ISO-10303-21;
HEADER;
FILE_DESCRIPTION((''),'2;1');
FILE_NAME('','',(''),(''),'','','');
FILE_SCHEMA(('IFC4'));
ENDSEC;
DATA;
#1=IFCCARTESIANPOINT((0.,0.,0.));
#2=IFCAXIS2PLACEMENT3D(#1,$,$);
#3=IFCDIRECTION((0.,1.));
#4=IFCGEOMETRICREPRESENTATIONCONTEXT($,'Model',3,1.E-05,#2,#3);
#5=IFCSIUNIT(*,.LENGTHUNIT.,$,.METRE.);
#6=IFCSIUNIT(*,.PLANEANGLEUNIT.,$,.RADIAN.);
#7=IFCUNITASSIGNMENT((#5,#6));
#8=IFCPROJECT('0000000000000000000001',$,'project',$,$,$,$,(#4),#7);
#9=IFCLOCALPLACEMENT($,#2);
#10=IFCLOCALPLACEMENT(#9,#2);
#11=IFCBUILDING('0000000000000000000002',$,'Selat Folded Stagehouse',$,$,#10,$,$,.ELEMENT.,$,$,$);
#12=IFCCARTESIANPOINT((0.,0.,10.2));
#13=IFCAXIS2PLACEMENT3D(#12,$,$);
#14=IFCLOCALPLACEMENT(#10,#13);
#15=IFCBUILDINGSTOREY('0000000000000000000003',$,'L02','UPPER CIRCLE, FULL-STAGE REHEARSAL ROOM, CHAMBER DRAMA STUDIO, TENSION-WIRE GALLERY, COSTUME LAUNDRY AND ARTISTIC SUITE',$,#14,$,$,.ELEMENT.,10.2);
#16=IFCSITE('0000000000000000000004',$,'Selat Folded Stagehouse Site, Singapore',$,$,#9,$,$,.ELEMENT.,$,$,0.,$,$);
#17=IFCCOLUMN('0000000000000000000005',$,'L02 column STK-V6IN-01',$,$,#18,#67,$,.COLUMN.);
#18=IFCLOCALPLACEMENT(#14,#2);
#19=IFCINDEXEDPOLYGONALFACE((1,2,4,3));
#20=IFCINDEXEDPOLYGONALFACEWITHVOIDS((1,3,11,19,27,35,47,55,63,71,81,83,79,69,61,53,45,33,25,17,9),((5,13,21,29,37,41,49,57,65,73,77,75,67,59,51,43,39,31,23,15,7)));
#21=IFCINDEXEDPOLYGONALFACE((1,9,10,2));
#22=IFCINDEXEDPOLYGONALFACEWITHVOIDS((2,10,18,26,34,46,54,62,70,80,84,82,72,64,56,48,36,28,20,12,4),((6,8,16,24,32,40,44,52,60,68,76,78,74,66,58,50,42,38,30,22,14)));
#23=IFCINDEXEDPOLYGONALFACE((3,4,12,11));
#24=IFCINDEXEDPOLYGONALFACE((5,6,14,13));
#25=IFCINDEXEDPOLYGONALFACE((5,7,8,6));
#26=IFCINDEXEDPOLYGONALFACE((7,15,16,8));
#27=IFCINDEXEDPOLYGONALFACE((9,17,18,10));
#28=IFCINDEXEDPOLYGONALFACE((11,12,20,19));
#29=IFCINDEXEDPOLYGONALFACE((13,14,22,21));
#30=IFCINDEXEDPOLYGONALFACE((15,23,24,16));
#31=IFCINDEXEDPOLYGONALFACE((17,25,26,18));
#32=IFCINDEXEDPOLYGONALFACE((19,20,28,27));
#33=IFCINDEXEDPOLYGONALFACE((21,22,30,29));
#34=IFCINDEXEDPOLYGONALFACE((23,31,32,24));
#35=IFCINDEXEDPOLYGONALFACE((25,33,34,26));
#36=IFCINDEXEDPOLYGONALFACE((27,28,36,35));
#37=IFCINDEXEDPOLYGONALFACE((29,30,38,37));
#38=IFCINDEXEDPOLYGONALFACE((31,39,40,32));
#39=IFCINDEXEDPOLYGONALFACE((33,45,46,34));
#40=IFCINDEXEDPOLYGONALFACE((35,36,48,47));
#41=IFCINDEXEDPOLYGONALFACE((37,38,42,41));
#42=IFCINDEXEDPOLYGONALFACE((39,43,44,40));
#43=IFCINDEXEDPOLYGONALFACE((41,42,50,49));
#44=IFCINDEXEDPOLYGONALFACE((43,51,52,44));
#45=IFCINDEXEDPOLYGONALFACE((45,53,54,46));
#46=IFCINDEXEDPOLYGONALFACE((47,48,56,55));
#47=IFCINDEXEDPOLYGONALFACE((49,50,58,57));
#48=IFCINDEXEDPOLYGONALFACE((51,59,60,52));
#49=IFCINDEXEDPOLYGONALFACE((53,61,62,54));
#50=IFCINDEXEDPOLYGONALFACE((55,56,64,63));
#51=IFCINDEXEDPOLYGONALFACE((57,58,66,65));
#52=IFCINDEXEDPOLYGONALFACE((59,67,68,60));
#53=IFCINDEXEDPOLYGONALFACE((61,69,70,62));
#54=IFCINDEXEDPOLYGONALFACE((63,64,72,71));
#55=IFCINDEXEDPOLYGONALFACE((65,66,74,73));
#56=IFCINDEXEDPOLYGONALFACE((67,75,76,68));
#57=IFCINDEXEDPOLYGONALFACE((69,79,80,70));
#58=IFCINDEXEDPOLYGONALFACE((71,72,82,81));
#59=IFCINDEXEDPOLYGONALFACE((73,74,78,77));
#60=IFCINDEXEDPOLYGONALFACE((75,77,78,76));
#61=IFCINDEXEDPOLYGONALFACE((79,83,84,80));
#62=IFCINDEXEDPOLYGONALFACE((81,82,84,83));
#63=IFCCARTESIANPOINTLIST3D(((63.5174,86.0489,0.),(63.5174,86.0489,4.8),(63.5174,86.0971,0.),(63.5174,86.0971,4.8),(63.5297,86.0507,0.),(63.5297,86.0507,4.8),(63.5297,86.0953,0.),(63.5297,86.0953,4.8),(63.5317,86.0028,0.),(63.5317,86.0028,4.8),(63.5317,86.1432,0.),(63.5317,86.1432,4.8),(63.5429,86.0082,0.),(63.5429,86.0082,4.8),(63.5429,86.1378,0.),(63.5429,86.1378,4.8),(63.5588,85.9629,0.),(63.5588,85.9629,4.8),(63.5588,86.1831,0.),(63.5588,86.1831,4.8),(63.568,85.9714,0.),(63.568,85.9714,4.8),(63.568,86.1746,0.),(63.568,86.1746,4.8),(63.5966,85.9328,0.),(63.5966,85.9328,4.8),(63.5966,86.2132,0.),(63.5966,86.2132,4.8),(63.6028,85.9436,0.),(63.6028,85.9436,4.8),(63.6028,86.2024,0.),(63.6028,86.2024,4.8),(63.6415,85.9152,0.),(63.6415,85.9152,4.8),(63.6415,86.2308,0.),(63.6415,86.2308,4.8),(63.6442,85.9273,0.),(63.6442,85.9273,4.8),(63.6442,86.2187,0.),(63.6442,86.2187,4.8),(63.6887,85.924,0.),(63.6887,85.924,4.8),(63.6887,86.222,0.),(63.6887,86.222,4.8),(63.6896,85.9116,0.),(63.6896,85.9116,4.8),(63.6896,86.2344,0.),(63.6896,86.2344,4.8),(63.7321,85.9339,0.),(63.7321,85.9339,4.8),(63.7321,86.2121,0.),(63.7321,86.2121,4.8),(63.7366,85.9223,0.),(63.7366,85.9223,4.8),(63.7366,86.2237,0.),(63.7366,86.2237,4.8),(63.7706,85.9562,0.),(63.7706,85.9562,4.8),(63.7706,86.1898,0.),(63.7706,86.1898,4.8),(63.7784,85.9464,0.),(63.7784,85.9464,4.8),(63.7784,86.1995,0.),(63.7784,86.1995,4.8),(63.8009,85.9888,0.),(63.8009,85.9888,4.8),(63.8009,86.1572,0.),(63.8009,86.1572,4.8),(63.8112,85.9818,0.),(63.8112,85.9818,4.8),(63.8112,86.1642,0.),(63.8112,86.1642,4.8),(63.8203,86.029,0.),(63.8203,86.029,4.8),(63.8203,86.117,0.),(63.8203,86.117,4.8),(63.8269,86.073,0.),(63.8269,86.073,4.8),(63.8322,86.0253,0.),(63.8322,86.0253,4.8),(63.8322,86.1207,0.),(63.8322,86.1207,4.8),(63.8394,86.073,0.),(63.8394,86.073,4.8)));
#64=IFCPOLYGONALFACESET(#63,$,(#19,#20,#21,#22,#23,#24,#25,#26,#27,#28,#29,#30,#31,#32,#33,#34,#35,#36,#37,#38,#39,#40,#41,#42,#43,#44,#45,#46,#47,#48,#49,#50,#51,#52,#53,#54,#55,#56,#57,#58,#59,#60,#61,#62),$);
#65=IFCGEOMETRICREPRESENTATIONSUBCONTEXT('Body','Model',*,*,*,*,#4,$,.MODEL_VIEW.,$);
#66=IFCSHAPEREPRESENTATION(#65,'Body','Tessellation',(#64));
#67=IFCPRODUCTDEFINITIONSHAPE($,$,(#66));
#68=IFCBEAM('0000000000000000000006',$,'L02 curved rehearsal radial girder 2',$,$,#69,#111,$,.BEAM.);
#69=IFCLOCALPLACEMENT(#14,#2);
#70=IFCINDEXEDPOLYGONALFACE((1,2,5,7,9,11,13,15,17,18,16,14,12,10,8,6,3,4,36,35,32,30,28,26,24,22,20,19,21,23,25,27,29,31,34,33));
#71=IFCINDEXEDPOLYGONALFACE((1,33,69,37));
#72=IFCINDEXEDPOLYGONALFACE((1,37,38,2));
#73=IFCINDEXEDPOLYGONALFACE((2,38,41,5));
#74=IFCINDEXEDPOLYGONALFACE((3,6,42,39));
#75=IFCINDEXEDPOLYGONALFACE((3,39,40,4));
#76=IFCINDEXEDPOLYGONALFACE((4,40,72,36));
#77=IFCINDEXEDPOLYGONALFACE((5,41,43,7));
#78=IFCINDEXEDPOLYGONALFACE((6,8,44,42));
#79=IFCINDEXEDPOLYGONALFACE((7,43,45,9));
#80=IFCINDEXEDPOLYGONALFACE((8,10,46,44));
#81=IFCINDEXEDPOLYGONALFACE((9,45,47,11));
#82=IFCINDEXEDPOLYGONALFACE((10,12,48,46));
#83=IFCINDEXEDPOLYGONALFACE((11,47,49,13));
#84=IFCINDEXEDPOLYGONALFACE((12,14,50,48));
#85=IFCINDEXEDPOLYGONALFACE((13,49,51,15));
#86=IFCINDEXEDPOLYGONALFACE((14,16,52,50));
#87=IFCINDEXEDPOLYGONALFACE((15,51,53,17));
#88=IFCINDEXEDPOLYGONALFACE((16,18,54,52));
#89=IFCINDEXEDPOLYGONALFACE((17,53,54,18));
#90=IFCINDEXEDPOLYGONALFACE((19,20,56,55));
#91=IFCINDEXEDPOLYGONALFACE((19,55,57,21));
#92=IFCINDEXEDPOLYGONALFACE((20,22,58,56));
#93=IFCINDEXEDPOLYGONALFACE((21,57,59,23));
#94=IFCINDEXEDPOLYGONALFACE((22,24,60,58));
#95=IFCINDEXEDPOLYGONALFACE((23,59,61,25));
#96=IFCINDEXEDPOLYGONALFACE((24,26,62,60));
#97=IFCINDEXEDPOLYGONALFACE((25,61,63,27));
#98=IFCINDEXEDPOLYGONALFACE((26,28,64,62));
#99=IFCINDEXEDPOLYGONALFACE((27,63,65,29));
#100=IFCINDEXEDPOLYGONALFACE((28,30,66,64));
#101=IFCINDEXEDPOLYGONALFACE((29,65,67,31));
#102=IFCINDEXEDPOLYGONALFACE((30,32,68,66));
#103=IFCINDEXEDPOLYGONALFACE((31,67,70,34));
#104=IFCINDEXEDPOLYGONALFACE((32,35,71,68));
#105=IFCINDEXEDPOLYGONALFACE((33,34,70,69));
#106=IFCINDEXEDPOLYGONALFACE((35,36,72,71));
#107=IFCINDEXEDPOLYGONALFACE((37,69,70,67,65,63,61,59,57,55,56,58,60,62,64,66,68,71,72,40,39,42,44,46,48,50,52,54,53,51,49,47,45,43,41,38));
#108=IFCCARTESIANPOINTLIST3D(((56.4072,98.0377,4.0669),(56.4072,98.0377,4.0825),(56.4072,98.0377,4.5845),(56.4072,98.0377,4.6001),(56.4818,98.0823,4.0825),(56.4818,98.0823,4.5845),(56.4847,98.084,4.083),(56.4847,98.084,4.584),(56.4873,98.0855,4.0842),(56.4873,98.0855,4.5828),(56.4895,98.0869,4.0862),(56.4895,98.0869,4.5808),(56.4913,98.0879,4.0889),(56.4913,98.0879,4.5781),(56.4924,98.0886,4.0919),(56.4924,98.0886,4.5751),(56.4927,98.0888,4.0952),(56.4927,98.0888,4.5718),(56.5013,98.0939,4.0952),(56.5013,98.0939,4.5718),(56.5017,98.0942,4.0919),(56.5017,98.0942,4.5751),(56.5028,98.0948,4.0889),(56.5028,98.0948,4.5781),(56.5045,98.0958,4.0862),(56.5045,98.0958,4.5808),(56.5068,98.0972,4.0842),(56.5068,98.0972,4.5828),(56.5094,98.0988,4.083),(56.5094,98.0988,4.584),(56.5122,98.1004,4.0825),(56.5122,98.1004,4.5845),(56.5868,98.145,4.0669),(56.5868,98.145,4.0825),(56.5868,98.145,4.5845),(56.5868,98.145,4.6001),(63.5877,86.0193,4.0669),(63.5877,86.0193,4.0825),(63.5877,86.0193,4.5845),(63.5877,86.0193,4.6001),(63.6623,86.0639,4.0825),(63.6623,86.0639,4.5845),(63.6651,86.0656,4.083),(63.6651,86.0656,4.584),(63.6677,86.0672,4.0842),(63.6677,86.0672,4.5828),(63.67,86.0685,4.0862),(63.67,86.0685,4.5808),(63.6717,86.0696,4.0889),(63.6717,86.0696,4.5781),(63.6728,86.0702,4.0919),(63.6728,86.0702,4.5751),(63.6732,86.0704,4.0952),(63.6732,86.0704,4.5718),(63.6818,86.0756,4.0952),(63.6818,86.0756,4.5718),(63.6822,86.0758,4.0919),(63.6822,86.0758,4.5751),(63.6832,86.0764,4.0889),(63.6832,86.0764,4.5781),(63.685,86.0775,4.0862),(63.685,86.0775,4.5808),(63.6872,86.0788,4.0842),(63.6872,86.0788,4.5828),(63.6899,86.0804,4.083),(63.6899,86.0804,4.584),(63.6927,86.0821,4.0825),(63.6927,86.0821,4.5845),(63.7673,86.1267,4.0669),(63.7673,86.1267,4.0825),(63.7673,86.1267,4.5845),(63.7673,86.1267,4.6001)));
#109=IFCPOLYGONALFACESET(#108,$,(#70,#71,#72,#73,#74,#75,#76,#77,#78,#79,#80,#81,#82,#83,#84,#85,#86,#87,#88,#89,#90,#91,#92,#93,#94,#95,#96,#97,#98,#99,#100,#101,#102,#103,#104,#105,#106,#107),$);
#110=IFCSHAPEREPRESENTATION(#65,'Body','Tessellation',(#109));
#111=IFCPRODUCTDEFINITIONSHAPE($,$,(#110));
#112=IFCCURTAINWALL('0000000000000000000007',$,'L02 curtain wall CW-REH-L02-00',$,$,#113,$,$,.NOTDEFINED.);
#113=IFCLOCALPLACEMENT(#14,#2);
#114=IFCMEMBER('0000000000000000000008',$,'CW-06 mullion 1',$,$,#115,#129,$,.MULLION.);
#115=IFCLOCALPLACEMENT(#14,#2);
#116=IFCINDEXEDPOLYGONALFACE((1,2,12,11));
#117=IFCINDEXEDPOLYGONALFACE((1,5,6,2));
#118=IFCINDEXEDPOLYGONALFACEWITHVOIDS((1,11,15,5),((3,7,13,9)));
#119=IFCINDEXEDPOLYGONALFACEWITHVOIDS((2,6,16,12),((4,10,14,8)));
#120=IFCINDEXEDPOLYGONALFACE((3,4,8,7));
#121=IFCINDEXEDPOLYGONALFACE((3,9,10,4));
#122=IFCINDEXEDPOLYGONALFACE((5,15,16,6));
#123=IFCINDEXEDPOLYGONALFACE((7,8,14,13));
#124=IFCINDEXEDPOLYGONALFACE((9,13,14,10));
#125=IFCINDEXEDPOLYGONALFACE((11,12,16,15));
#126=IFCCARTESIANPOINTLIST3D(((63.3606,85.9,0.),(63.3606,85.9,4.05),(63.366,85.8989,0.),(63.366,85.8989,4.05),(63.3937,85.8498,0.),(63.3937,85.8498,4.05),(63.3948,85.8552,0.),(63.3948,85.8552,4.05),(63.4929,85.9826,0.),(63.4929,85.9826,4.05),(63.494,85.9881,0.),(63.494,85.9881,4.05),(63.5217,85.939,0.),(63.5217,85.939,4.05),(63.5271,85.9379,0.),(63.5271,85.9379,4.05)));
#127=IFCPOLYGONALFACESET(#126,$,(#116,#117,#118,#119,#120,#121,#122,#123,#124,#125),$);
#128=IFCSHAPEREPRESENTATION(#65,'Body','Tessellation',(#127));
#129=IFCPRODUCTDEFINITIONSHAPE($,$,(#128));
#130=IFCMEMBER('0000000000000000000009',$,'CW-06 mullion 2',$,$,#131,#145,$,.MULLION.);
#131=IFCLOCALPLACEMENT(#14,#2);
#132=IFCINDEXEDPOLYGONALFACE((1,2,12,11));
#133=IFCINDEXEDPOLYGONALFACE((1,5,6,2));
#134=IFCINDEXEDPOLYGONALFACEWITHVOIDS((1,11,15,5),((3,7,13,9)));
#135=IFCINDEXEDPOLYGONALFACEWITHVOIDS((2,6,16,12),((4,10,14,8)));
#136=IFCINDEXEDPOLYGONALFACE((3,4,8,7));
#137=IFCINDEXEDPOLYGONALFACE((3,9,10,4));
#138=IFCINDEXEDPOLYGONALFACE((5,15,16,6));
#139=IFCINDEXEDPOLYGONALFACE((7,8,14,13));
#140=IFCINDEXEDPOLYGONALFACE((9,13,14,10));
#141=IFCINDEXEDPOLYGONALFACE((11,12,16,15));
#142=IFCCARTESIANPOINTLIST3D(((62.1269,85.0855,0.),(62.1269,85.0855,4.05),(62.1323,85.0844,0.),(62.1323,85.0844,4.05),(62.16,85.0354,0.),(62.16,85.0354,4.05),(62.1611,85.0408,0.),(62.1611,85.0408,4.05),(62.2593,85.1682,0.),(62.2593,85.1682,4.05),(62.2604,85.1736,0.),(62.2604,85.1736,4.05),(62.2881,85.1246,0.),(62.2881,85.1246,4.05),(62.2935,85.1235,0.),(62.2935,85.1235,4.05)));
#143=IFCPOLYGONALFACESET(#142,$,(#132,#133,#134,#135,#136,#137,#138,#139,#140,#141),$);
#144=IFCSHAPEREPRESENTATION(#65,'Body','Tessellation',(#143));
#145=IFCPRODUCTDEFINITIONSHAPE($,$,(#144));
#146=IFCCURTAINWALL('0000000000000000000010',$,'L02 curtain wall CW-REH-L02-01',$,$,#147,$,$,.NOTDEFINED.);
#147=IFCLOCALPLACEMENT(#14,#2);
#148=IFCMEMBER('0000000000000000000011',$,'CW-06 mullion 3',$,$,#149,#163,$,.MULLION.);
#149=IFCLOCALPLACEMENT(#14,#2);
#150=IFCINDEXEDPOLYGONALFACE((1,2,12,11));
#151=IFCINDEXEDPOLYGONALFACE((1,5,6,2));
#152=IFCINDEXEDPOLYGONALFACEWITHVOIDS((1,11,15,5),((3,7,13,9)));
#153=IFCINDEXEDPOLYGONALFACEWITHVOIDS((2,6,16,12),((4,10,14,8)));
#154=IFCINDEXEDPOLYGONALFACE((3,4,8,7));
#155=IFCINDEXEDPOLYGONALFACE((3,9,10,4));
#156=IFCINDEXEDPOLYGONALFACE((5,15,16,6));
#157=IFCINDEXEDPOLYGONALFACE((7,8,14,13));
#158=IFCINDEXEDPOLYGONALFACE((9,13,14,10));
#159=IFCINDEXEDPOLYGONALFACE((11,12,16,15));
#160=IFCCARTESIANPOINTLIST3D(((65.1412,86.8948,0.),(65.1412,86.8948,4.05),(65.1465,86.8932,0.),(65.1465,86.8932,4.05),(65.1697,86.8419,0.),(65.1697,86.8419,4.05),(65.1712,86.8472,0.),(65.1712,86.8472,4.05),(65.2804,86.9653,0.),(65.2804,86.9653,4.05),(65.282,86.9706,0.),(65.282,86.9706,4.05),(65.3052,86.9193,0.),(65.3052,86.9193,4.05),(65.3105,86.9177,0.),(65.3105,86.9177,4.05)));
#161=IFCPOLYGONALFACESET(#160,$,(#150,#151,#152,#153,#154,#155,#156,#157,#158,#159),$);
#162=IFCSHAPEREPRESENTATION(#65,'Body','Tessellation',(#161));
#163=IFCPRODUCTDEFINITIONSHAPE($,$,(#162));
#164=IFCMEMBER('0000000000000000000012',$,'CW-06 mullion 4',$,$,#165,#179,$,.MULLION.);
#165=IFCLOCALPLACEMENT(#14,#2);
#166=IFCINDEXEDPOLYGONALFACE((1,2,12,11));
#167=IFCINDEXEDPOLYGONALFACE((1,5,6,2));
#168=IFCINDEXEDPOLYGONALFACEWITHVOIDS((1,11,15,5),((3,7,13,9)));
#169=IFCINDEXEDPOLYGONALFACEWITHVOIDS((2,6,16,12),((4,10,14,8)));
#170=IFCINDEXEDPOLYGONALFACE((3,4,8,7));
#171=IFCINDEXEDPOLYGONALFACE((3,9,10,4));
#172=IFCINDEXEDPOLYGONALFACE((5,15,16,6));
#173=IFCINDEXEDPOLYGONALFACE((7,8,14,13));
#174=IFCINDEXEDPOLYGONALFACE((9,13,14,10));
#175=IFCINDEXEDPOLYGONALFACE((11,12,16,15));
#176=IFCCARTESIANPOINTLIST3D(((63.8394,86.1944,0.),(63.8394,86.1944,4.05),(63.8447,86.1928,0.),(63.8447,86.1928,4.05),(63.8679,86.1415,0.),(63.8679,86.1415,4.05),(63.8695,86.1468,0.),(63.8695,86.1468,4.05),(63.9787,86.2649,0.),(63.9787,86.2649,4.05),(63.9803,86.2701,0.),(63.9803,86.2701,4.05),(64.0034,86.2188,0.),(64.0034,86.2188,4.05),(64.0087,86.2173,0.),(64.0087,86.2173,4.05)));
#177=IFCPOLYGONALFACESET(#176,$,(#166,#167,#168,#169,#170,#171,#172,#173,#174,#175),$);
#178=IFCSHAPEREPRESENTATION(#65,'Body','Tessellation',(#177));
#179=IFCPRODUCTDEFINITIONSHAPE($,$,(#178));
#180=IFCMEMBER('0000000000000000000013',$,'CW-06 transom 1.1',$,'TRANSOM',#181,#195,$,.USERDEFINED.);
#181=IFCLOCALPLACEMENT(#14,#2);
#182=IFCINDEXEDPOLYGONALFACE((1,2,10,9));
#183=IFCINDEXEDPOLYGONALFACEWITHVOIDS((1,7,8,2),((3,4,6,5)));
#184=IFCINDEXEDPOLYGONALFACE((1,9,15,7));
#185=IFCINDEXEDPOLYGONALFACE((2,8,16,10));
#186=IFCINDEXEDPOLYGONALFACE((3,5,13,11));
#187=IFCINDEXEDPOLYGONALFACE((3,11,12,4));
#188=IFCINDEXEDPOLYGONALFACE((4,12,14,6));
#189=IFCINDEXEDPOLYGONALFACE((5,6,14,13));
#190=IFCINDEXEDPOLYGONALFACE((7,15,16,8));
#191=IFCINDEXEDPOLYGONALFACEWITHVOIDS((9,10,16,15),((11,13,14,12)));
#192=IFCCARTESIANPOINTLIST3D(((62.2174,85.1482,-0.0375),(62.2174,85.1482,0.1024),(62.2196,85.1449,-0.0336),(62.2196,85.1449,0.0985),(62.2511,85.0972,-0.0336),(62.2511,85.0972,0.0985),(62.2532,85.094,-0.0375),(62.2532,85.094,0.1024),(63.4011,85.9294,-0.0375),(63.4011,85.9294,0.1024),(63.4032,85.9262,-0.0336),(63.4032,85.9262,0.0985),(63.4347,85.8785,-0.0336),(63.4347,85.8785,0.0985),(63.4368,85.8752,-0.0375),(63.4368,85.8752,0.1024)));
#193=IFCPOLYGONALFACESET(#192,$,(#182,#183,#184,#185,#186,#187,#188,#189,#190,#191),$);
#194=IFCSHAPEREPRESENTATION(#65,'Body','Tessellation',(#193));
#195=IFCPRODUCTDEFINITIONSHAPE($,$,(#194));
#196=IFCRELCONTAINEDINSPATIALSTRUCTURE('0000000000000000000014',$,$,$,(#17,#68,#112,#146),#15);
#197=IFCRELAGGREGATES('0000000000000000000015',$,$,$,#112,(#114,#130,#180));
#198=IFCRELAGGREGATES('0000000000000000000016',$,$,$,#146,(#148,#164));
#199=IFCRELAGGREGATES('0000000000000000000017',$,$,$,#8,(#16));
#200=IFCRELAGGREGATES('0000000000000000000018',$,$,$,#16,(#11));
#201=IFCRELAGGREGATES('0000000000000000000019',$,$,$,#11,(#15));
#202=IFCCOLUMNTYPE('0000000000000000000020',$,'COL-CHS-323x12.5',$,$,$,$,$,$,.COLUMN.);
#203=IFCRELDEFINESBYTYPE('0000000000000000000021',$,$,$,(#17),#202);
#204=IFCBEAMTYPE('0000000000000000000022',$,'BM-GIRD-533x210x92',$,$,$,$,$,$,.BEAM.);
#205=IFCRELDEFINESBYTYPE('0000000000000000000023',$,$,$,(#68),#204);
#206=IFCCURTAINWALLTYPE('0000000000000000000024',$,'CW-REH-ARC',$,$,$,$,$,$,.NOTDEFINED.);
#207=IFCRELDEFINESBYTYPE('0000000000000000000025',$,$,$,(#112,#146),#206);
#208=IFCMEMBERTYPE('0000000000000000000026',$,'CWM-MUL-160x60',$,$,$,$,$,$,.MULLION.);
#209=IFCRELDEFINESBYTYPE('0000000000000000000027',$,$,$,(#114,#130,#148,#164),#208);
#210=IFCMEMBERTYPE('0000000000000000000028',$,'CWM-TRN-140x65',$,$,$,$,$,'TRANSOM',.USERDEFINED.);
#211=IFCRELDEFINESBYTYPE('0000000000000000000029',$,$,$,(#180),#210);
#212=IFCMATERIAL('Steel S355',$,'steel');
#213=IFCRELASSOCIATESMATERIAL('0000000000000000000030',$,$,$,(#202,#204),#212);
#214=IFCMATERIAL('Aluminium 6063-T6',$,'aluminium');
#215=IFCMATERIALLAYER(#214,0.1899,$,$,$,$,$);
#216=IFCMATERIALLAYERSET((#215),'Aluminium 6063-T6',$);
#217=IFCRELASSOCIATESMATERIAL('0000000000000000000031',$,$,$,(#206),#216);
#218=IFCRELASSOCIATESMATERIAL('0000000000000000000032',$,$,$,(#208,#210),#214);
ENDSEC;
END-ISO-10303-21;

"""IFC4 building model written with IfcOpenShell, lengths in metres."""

from ifc_helpers import new_model, si_unit, direction, frame, origin, origin_2d, place, context, subcontext, project, spatial, hollow_rectangle, hollow_circle, i_section, extrude, material, layer, layer_set, material_profile, profile_set, type_object, element, aggregate, save


model = new_model("IFC4")

# Units and contexts
model_context = context("Model", 3, precision=1e-05, world=origin(), true_north=direction((0.0, 1.0)))
body_context = subcontext(model_context, "Body", "Model", "MODEL_VIEW")
ifc_project = project(units=[si_unit("LENGTHUNIT", "METRE"), si_unit("PLANEANGLEUNIT", "RADIAN")], contexts=[model_context])

# Site, building, storey
site_placement = place(None, origin())
site = spatial("IfcSite", under=ifc_project, at=site_placement, Name="Selat Folded Stagehouse Site, Singapore", CompositionType="ELEMENT", RefElevation=0.0)
building_placement = place(site_placement, origin())
building = spatial("IfcBuilding", under=site, at=building_placement, Name="Selat Folded Stagehouse", CompositionType="ELEMENT")
storey_placement = place(building_placement, frame((0.0, 0.0, 10.2)))
storey = spatial("IfcBuildingStorey", under=building, at=storey_placement, Name="L02", Description="UPPER CIRCLE, FULL-STAGE REHEARSAL ROOM, CHAMBER DRAMA STUDIO, TENSION-WIRE GALLERY, COSTUME LAUNDRY AND ARTISTIC SUITE", CompositionType="ELEMENT", Elevation=10.2)

# Column
ifc_material_1 = material(Name="Steel S355", Category="steel")
ifc_material_profile_1 = material_profile(ifc_material_1, hollow_circle(Radius=0.1619, WallThickness=0.0125, at=origin_2d()), Name="CHS 323.9x12.5")
ifc_profile_set_1 = profile_set([ifc_material_profile_1], Name="Steel S355")
column_type = type_object("IfcColumnType", Name="COL-CHS-323x12.5", PredefinedType="COLUMN", material=ifc_profile_set_1)
column_placement = place(storey_placement, frame((63.6775, 86.073, 0.0), z_axis=(0.0, 0.0, 1.0), x_axis=(1.0, 0.0, 0.0)))
element("IfcColumn", 1, at=column_placement, inside=storey, type_object=column_type, Name="L02 column STK-V6IN-01", PredefinedType="COLUMN", context=body_context, shape_type="SweptSolid", body=[
    extrude(hollow_circle(Radius=0.1619, WallThickness=0.0125, at=origin_2d()), origin(), (0.0, 0.0, 1.0), 4.8),
])

# Beam
ifc_material_profile_2 = material_profile(ifc_material_1, i_section(OverallWidth=0.2092, OverallDepth=0.5332, WebThickness=0.01, FlangeThickness=0.0156, FilletRadius=0.0127, at=origin_2d()), Name="UKB 533x210x92")
ifc_profile_set_2 = profile_set([ifc_material_profile_2], Name="Steel S355")
beam_type_1 = type_object("IfcBeamType", Name="BM-GIRD-533x210x92", PredefinedType="BEAM", material=ifc_profile_set_2)
beam_1_placement = place(storey_placement, frame((63.6775, 86.073, 4.3335), z_axis=(-0.512889, 0.858455, 0.0), x_axis=(-0.858455, -0.512889, 0.0)))
element("IfcBeam", 2, at=beam_1_placement, inside=storey, type_object=beam_type_1, Name="L02 curved rehearsal radial girder 2", PredefinedType="BEAM", context=body_context, shape_type="SweptSolid", body=[
    extrude(i_section(OverallWidth=0.2092, OverallDepth=0.5332, WebThickness=0.01, FlangeThickness=0.0156, FilletRadius=0.0127, at=origin_2d()), origin(), (0.0, 0.0, 1.0), 14.0),
])

# Curtain walls, members
ifc_material_2 = material(Name="Aluminium 6063-T6", Category="aluminium")
ifc_layer_1 = layer(ifc_material_2, 0.1899)
ifc_layer_set_1 = layer_set([ifc_layer_1], Name="Aluminium 6063-T6")
curtain_wall_type = type_object("IfcCurtainWallType", Name="CW-REH-ARC", PredefinedType="NOTDEFINED", material=ifc_layer_set_1)
curtain_wall_1_placement = place(storey_placement, origin())
curtain_wall_1 = element("IfcCurtainWall", 3, at=curtain_wall_1_placement, inside=storey, type_object=curtain_wall_type, Name="L02 curtain wall CW-REH-L02-00", PredefinedType="NOTDEFINED")
ifc_material_profile_3 = material_profile(ifc_material_2, hollow_rectangle(XDim=0.0601, YDim=0.1599, WallThickness=0.0039, at=origin_2d()), Name="ALU 160x60x4.0")
ifc_profile_set_3 = profile_set([ifc_material_profile_3], Name="Aluminium 6063-T6")
member_type_1 = type_object("IfcMemberType", Name="CWM-MUL-160x60", PredefinedType="MULLION", material=ifc_profile_set_3)
member_1_placement = place(storey_placement, frame((63.4438, 85.9189, 0.0), z_axis=(0.0, 0.0, 1.0), x_axis=(0.550885, -0.834581, 0.0)))
member_1 = element("IfcMember", 4, at=member_1_placement, type_object=member_type_1, Name="CW-06 mullion 1", PredefinedType="MULLION", context=body_context, shape_type="SweptSolid", body=[
    extrude(hollow_rectangle(XDim=0.0601, YDim=0.1599, WallThickness=0.0039, at=origin_2d()), origin(), (0.0, 0.0, 1.0), 4.05),
])
member_2_placement = place(storey_placement, frame((62.2102, 85.1045, 0.0), z_axis=(0.0, 0.0, 1.0), x_axis=(0.550885, -0.834581, 0.0)))
member_2 = element("IfcMember", 5, at=member_2_placement, type_object=member_type_1, Name="CW-06 mullion 2", PredefinedType="MULLION", context=body_context, shape_type="SweptSolid", body=[
    extrude(hollow_rectangle(XDim=0.0601, YDim=0.1599, WallThickness=0.0039, at=origin_2d()), origin(), (0.0, 0.0, 1.0), 4.05),
])
curtain_wall_2_placement = place(storey_placement, origin())
curtain_wall_2 = element("IfcCurtainWall", 6, at=curtain_wall_2_placement, inside=storey, type_object=curtain_wall_type, Name="L02 curtain wall CW-REH-L02-01", PredefinedType="NOTDEFINED")
member_3_placement = place(storey_placement, frame((65.2258, 86.9062, 0.0), z_axis=(0.0, 0.0, 1.0), x_axis=(0.473859, -0.880601, 0.0)))
member_3 = element("IfcMember", 7, at=member_3_placement, type_object=member_type_1, Name="CW-06 mullion 3", PredefinedType="MULLION", context=body_context, shape_type="SweptSolid", body=[
    extrude(hollow_rectangle(XDim=0.0601, YDim=0.1599, WallThickness=0.0039, at=origin_2d()), origin(), (0.0, 0.0, 1.0), 4.05),
])
member_4_placement = place(storey_placement, frame((63.9241, 86.2058, 0.0), z_axis=(0.0, 0.0, 1.0), x_axis=(0.473859, -0.880601, 0.0)))
member_4 = element("IfcMember", 8, at=member_4_placement, type_object=member_type_1, Name="CW-06 mullion 4", PredefinedType="MULLION", context=body_context, shape_type="SweptSolid", body=[
    extrude(hollow_rectangle(XDim=0.0601, YDim=0.1599, WallThickness=0.0039, at=origin_2d()), origin(), (0.0, 0.0, 1.0), 4.05),
])

# Member
ifc_material_profile_4 = material_profile(ifc_material_2, hollow_rectangle(XDim=0.0649, YDim=0.1399, WallThickness=0.0039, at=origin_2d()), Name="ALU 140x65x4.0")
ifc_profile_set_4 = profile_set([ifc_material_profile_4], Name="Aluminium 6063-T6")
member_type_2 = type_object("IfcMemberType", Name="CWM-TRN-140x65", ElementType="TRANSOM", PredefinedType="USERDEFINED", material=ifc_profile_set_4)
member_5_placement = place(storey_placement, frame((63.4189, 85.9023, 0.0325), z_axis=(-0.834584, -0.550881, 0.0), x_axis=(0.550881, -0.834584, 0.0)))
member_5 = element("IfcMember", 9, at=member_5_placement, type_object=member_type_2, Name="CW-06 transom 1.1", ObjectType="TRANSOM", PredefinedType="USERDEFINED", context=body_context, shape_type="SweptSolid", body=[
    extrude(hollow_rectangle(XDim=0.0649, YDim=0.1399, WallThickness=0.0039, at=origin_2d()), origin(), (0.0, 0.0, 1.0), 1.4182),
])

aggregate(curtain_wall_1, [member_1, member_2, member_5])
aggregate(curtain_wall_2, [member_3, member_4])

save(model, "model.ifc")
